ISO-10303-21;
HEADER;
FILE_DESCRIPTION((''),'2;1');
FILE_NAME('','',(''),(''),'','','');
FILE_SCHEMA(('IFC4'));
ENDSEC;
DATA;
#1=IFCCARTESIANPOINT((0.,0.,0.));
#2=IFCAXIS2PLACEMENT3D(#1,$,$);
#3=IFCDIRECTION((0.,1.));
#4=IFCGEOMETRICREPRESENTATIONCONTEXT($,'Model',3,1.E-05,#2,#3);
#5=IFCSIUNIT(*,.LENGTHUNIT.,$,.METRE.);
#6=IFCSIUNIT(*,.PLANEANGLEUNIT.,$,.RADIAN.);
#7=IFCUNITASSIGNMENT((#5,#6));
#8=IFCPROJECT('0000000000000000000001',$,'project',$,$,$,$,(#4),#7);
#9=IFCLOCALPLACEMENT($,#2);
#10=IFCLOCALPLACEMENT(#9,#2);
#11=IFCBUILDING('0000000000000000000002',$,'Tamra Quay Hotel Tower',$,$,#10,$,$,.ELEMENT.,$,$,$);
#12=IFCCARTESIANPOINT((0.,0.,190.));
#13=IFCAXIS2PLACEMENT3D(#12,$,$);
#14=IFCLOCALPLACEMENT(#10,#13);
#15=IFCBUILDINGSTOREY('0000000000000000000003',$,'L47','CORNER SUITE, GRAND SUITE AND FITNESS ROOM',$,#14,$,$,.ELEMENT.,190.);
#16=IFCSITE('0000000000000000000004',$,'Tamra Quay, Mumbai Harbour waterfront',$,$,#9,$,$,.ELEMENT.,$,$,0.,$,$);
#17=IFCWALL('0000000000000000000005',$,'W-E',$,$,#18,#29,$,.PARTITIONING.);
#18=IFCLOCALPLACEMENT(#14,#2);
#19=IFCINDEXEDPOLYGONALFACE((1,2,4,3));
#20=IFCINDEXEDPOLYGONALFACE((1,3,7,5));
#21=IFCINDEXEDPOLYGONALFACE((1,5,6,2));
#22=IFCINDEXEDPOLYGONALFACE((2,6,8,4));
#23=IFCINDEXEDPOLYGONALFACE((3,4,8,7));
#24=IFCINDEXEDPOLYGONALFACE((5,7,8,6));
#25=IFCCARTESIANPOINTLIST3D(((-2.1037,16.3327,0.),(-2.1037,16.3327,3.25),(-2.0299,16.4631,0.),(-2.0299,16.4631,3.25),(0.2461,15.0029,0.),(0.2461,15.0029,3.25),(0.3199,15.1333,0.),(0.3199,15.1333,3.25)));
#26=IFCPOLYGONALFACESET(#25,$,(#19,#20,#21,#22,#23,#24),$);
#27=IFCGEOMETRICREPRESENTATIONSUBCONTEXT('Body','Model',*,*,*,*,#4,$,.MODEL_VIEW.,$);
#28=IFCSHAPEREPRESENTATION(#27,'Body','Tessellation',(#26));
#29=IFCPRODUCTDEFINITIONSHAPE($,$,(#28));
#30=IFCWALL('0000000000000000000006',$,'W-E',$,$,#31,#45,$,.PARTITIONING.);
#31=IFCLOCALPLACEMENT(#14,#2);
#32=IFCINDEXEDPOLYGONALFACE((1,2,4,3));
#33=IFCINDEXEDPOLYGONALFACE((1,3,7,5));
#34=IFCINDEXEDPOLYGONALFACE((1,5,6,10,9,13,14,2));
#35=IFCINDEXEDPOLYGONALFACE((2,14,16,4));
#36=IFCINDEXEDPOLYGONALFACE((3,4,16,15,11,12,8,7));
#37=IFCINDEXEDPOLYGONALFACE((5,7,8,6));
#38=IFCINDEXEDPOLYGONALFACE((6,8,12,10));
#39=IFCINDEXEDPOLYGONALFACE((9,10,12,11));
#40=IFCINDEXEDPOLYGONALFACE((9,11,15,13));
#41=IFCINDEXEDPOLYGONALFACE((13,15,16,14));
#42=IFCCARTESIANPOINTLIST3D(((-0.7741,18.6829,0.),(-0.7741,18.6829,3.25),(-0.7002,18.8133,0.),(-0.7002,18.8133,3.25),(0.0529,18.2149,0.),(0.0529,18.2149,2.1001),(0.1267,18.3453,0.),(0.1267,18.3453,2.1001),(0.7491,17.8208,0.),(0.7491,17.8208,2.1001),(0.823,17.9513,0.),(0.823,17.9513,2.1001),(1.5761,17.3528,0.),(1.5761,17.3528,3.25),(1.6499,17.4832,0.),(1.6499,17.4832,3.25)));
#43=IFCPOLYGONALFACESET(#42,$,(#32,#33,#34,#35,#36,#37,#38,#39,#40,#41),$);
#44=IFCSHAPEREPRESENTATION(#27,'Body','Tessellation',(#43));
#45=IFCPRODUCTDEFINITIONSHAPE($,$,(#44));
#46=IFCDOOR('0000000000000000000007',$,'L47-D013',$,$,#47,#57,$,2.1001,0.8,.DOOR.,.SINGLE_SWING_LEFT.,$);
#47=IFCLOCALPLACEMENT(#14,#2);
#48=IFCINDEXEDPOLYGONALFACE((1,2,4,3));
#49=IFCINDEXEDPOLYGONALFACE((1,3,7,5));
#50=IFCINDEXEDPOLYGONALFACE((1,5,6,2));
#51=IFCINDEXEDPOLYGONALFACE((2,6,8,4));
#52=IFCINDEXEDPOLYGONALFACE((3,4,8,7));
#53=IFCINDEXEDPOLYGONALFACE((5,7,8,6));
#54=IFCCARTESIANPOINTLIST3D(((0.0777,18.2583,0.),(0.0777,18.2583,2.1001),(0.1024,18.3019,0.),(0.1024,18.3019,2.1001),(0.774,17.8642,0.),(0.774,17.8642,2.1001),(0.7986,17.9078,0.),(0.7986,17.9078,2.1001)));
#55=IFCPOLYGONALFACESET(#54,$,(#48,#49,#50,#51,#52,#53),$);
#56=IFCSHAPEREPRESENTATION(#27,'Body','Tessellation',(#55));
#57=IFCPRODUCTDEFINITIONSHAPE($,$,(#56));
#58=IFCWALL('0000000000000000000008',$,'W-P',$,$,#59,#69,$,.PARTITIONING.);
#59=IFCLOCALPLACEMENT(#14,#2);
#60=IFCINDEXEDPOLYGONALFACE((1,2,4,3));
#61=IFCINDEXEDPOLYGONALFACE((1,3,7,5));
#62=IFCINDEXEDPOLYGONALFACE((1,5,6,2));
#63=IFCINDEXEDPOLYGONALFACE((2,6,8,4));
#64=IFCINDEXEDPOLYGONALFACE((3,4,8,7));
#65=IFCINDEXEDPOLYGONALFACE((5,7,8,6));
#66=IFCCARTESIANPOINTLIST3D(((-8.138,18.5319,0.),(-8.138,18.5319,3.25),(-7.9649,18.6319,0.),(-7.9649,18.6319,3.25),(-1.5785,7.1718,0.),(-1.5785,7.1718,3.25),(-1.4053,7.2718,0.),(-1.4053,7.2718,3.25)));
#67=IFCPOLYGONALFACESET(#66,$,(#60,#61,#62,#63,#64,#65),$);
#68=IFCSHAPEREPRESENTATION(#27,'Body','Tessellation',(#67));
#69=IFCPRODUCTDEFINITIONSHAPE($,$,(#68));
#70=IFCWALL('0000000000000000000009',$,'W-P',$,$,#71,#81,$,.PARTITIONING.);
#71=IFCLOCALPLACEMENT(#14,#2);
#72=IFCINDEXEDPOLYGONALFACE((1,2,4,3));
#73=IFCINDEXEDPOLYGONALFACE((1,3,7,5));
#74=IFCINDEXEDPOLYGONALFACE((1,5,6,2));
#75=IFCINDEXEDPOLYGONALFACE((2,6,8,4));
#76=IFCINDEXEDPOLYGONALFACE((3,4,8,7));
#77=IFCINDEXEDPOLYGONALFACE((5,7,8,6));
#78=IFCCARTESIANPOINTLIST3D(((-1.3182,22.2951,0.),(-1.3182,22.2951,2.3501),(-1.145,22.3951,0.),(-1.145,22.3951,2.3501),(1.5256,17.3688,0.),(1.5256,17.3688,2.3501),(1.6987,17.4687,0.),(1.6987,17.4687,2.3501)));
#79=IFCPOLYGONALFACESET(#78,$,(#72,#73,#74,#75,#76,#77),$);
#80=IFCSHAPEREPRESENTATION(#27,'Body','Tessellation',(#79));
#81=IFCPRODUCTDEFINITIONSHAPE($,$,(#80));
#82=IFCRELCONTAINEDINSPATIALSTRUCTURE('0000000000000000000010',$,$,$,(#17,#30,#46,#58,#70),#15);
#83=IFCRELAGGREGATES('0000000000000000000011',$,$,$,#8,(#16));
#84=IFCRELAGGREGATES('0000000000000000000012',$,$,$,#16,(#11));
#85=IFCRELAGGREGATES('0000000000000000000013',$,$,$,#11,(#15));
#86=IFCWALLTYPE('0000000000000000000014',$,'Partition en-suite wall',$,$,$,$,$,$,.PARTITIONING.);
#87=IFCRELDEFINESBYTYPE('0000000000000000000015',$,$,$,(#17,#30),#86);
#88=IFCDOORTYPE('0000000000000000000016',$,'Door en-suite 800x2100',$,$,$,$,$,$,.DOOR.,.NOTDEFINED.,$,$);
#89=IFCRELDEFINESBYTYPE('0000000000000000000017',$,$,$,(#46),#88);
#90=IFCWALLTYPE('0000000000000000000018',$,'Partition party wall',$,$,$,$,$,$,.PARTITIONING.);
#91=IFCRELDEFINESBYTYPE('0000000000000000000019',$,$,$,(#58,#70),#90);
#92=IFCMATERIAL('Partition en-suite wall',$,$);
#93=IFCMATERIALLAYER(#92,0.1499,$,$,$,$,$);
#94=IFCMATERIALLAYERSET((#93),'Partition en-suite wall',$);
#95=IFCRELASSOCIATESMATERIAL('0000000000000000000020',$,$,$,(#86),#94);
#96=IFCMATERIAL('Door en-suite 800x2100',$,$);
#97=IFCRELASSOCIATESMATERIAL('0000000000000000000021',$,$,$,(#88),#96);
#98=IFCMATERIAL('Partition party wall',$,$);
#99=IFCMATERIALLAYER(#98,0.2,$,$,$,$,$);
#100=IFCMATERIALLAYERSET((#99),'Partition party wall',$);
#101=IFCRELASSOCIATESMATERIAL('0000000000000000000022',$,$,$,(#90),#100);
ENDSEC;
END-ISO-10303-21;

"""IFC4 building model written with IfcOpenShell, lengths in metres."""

from ifc_helpers import new_model, si_unit, direction, frame, frame_2d, origin, place, context, subcontext, project, spatial, rectangle, extrude, material, layer, layer_set, type_object, element, fill, save


model = new_model("IFC4")

# Units and contexts
model_context = context("Model", 3, precision=1e-05, world=origin(), true_north=direction((0.0, 1.0)))
body_context = subcontext(model_context, "Body", "Model", "MODEL_VIEW")
ifc_project = project(units=[si_unit("LENGTHUNIT", "METRE"), si_unit("PLANEANGLEUNIT", "RADIAN")], contexts=[model_context])

# Site, building, storey
site_placement = place(None, origin())
site = spatial("IfcSite", under=ifc_project, at=site_placement, Name="Tamra Quay, Mumbai Harbour waterfront", CompositionType="ELEMENT", RefElevation=0.0)
building_placement = place(site_placement, origin())
building = spatial("IfcBuilding", under=site, at=building_placement, Name="Tamra Quay Hotel Tower", CompositionType="ELEMENT")
storey_placement = place(building_placement, frame((0.0, 0.0, 190.0)))
storey = spatial("IfcBuildingStorey", under=building, at=storey_placement, Name="L47", Description="CORNER SUITE, GRAND SUITE AND FITNESS ROOM", CompositionType="ELEMENT", Elevation=190.0)

# Wall
ifc_material_1 = material(Name="Partition en-suite wall")
ifc_layer_1 = layer(ifc_material_1, 0.1499)
ifc_layer_set_1 = layer_set([ifc_layer_1], Name="Partition en-suite wall")
wall_type_1 = type_object("IfcWallType", Name="Partition en-suite wall", PredefinedType="PARTITIONING", material=ifc_layer_set_1)
wall_1_placement = place(storey_placement, frame((-2.0669, 16.3979, 0.0), z_axis=(0.0, 0.0, 1.0), x_axis=(0.8703, -0.492522, 0.0)))
element("IfcWall", 1, at=wall_1_placement, inside=storey, type_object=wall_type_1, Name="W-E", PredefinedType="PARTITIONING", context=body_context, shape_type="SweptSolid", body=[
    extrude(rectangle(XDim=2.7, YDim=0.1499, at=frame_2d((1.3501, 0.0))), origin(), (0.0, 0.0, 1.0), 3.25),
])

# Wall, opening, door
wall_2_placement = place(storey_placement, frame((-0.7371, 18.748, 0.0), z_axis=(0.0, 0.0, 1.0), x_axis=(0.870283, -0.492552, 0.0)))
wall_2 = element("IfcWall", 2, at=wall_2_placement, inside=storey, type_object=wall_type_1, Name="W-E", PredefinedType="PARTITIONING", context=body_context, shape_type="SweptSolid", body=[
    extrude(rectangle(XDim=2.7004, YDim=0.1499, at=frame_2d((1.3501, 0.0))), origin(), (0.0, 0.0, 1.0), 3.25),
])
opening_1_placement = place(wall_2_placement, frame((0.9502, 0.0, 0.0)))
opening_1 = element("IfcOpeningElement", 3, at=opening_1_placement, cuts=wall_2, PredefinedType="OPENING", context=body_context, shape_type="SweptSolid", body=[
    extrude(rectangle(XDim=0.8, YDim=2.1001, at=frame_2d((0.3999, 1.05))), frame((0.0, 0.085, 0.0), z_axis=(0.0, -1.0, 0.0), x_axis=(1.0, 0.0, 0.0)), (0.0, 0.0, 1.0), 0.1699),
])
ifc_material_2 = material(Name="Door en-suite 800x2100")
door_type_1 = type_object("IfcDoorType", Name="Door en-suite 800x2100", OperationType="NOTDEFINED", PredefinedType="DOOR", material=ifc_material_2)
door_1_placement = place(opening_1_placement, frame((0.8, 0.0, 0.0), z_axis=(0.0, 0.0, 1.0), x_axis=(-1.0, 0.0, 0.0)))
door_1 = element("IfcDoor", 4, at=door_1_placement, inside=storey, type_object=door_type_1, Name="L47-D013", OperationType="SINGLE_SWING_LEFT", OverallHeight=2.1001, OverallWidth=0.8, PredefinedType="DOOR", context=body_context, shape_type="SweptSolid", body=[
    extrude(rectangle(XDim=0.8, YDim=2.1001, at=frame_2d((0.3999, 1.05))), frame((0.0, 0.0249, 0.0), z_axis=(0.0, -1.0, 0.0), x_axis=(1.0, 0.0, 0.0)), (0.0, 0.0, 1.0), 0.05),
])
fill(opening_1, door_1)

# Walls
ifc_material_3 = material(Name="Partition party wall")
ifc_layer_2 = layer(ifc_material_3, 0.2)
ifc_layer_set_2 = layer_set([ifc_layer_2], Name="Partition party wall")
wall_type_2 = type_object("IfcWallType", Name="Partition party wall", PredefinedType="PARTITIONING", material=ifc_layer_set_2)
wall_3_placement = place(storey_placement, frame((-8.0515, 18.582, 0.0), z_axis=(0.0, 0.0, 1.0), x_axis=(0.500046, -0.865999, 0.0)))
element("IfcWall", 5, at=wall_3_placement, inside=storey, type_object=wall_type_2, Name="W-P", PredefinedType="PARTITIONING", context=body_context, shape_type="SweptSolid", body=[
    extrude(rectangle(XDim=13.1179, YDim=0.2, at=frame_2d((6.5591, 0.0))), origin(), (0.0, 0.0, 1.0), 3.25),
])
wall_4_placement = place(storey_placement, frame((-1.2317, 22.3452, 0.0), z_axis=(0.0, 0.0, 1.0), x_axis=(0.499943, -0.866058, 0.0)))
element("IfcWall", 6, at=wall_4_placement, inside=storey, type_object=wall_type_2, Name="W-P", PredefinedType="PARTITIONING", context=body_context, shape_type="SweptSolid", body=[
    extrude(rectangle(XDim=5.6882, YDim=0.2, at=frame_2d((2.8442, 0.0))), origin(), (0.0, 0.0, 1.0), 2.3501),
])

save(model, "model.ifc")
